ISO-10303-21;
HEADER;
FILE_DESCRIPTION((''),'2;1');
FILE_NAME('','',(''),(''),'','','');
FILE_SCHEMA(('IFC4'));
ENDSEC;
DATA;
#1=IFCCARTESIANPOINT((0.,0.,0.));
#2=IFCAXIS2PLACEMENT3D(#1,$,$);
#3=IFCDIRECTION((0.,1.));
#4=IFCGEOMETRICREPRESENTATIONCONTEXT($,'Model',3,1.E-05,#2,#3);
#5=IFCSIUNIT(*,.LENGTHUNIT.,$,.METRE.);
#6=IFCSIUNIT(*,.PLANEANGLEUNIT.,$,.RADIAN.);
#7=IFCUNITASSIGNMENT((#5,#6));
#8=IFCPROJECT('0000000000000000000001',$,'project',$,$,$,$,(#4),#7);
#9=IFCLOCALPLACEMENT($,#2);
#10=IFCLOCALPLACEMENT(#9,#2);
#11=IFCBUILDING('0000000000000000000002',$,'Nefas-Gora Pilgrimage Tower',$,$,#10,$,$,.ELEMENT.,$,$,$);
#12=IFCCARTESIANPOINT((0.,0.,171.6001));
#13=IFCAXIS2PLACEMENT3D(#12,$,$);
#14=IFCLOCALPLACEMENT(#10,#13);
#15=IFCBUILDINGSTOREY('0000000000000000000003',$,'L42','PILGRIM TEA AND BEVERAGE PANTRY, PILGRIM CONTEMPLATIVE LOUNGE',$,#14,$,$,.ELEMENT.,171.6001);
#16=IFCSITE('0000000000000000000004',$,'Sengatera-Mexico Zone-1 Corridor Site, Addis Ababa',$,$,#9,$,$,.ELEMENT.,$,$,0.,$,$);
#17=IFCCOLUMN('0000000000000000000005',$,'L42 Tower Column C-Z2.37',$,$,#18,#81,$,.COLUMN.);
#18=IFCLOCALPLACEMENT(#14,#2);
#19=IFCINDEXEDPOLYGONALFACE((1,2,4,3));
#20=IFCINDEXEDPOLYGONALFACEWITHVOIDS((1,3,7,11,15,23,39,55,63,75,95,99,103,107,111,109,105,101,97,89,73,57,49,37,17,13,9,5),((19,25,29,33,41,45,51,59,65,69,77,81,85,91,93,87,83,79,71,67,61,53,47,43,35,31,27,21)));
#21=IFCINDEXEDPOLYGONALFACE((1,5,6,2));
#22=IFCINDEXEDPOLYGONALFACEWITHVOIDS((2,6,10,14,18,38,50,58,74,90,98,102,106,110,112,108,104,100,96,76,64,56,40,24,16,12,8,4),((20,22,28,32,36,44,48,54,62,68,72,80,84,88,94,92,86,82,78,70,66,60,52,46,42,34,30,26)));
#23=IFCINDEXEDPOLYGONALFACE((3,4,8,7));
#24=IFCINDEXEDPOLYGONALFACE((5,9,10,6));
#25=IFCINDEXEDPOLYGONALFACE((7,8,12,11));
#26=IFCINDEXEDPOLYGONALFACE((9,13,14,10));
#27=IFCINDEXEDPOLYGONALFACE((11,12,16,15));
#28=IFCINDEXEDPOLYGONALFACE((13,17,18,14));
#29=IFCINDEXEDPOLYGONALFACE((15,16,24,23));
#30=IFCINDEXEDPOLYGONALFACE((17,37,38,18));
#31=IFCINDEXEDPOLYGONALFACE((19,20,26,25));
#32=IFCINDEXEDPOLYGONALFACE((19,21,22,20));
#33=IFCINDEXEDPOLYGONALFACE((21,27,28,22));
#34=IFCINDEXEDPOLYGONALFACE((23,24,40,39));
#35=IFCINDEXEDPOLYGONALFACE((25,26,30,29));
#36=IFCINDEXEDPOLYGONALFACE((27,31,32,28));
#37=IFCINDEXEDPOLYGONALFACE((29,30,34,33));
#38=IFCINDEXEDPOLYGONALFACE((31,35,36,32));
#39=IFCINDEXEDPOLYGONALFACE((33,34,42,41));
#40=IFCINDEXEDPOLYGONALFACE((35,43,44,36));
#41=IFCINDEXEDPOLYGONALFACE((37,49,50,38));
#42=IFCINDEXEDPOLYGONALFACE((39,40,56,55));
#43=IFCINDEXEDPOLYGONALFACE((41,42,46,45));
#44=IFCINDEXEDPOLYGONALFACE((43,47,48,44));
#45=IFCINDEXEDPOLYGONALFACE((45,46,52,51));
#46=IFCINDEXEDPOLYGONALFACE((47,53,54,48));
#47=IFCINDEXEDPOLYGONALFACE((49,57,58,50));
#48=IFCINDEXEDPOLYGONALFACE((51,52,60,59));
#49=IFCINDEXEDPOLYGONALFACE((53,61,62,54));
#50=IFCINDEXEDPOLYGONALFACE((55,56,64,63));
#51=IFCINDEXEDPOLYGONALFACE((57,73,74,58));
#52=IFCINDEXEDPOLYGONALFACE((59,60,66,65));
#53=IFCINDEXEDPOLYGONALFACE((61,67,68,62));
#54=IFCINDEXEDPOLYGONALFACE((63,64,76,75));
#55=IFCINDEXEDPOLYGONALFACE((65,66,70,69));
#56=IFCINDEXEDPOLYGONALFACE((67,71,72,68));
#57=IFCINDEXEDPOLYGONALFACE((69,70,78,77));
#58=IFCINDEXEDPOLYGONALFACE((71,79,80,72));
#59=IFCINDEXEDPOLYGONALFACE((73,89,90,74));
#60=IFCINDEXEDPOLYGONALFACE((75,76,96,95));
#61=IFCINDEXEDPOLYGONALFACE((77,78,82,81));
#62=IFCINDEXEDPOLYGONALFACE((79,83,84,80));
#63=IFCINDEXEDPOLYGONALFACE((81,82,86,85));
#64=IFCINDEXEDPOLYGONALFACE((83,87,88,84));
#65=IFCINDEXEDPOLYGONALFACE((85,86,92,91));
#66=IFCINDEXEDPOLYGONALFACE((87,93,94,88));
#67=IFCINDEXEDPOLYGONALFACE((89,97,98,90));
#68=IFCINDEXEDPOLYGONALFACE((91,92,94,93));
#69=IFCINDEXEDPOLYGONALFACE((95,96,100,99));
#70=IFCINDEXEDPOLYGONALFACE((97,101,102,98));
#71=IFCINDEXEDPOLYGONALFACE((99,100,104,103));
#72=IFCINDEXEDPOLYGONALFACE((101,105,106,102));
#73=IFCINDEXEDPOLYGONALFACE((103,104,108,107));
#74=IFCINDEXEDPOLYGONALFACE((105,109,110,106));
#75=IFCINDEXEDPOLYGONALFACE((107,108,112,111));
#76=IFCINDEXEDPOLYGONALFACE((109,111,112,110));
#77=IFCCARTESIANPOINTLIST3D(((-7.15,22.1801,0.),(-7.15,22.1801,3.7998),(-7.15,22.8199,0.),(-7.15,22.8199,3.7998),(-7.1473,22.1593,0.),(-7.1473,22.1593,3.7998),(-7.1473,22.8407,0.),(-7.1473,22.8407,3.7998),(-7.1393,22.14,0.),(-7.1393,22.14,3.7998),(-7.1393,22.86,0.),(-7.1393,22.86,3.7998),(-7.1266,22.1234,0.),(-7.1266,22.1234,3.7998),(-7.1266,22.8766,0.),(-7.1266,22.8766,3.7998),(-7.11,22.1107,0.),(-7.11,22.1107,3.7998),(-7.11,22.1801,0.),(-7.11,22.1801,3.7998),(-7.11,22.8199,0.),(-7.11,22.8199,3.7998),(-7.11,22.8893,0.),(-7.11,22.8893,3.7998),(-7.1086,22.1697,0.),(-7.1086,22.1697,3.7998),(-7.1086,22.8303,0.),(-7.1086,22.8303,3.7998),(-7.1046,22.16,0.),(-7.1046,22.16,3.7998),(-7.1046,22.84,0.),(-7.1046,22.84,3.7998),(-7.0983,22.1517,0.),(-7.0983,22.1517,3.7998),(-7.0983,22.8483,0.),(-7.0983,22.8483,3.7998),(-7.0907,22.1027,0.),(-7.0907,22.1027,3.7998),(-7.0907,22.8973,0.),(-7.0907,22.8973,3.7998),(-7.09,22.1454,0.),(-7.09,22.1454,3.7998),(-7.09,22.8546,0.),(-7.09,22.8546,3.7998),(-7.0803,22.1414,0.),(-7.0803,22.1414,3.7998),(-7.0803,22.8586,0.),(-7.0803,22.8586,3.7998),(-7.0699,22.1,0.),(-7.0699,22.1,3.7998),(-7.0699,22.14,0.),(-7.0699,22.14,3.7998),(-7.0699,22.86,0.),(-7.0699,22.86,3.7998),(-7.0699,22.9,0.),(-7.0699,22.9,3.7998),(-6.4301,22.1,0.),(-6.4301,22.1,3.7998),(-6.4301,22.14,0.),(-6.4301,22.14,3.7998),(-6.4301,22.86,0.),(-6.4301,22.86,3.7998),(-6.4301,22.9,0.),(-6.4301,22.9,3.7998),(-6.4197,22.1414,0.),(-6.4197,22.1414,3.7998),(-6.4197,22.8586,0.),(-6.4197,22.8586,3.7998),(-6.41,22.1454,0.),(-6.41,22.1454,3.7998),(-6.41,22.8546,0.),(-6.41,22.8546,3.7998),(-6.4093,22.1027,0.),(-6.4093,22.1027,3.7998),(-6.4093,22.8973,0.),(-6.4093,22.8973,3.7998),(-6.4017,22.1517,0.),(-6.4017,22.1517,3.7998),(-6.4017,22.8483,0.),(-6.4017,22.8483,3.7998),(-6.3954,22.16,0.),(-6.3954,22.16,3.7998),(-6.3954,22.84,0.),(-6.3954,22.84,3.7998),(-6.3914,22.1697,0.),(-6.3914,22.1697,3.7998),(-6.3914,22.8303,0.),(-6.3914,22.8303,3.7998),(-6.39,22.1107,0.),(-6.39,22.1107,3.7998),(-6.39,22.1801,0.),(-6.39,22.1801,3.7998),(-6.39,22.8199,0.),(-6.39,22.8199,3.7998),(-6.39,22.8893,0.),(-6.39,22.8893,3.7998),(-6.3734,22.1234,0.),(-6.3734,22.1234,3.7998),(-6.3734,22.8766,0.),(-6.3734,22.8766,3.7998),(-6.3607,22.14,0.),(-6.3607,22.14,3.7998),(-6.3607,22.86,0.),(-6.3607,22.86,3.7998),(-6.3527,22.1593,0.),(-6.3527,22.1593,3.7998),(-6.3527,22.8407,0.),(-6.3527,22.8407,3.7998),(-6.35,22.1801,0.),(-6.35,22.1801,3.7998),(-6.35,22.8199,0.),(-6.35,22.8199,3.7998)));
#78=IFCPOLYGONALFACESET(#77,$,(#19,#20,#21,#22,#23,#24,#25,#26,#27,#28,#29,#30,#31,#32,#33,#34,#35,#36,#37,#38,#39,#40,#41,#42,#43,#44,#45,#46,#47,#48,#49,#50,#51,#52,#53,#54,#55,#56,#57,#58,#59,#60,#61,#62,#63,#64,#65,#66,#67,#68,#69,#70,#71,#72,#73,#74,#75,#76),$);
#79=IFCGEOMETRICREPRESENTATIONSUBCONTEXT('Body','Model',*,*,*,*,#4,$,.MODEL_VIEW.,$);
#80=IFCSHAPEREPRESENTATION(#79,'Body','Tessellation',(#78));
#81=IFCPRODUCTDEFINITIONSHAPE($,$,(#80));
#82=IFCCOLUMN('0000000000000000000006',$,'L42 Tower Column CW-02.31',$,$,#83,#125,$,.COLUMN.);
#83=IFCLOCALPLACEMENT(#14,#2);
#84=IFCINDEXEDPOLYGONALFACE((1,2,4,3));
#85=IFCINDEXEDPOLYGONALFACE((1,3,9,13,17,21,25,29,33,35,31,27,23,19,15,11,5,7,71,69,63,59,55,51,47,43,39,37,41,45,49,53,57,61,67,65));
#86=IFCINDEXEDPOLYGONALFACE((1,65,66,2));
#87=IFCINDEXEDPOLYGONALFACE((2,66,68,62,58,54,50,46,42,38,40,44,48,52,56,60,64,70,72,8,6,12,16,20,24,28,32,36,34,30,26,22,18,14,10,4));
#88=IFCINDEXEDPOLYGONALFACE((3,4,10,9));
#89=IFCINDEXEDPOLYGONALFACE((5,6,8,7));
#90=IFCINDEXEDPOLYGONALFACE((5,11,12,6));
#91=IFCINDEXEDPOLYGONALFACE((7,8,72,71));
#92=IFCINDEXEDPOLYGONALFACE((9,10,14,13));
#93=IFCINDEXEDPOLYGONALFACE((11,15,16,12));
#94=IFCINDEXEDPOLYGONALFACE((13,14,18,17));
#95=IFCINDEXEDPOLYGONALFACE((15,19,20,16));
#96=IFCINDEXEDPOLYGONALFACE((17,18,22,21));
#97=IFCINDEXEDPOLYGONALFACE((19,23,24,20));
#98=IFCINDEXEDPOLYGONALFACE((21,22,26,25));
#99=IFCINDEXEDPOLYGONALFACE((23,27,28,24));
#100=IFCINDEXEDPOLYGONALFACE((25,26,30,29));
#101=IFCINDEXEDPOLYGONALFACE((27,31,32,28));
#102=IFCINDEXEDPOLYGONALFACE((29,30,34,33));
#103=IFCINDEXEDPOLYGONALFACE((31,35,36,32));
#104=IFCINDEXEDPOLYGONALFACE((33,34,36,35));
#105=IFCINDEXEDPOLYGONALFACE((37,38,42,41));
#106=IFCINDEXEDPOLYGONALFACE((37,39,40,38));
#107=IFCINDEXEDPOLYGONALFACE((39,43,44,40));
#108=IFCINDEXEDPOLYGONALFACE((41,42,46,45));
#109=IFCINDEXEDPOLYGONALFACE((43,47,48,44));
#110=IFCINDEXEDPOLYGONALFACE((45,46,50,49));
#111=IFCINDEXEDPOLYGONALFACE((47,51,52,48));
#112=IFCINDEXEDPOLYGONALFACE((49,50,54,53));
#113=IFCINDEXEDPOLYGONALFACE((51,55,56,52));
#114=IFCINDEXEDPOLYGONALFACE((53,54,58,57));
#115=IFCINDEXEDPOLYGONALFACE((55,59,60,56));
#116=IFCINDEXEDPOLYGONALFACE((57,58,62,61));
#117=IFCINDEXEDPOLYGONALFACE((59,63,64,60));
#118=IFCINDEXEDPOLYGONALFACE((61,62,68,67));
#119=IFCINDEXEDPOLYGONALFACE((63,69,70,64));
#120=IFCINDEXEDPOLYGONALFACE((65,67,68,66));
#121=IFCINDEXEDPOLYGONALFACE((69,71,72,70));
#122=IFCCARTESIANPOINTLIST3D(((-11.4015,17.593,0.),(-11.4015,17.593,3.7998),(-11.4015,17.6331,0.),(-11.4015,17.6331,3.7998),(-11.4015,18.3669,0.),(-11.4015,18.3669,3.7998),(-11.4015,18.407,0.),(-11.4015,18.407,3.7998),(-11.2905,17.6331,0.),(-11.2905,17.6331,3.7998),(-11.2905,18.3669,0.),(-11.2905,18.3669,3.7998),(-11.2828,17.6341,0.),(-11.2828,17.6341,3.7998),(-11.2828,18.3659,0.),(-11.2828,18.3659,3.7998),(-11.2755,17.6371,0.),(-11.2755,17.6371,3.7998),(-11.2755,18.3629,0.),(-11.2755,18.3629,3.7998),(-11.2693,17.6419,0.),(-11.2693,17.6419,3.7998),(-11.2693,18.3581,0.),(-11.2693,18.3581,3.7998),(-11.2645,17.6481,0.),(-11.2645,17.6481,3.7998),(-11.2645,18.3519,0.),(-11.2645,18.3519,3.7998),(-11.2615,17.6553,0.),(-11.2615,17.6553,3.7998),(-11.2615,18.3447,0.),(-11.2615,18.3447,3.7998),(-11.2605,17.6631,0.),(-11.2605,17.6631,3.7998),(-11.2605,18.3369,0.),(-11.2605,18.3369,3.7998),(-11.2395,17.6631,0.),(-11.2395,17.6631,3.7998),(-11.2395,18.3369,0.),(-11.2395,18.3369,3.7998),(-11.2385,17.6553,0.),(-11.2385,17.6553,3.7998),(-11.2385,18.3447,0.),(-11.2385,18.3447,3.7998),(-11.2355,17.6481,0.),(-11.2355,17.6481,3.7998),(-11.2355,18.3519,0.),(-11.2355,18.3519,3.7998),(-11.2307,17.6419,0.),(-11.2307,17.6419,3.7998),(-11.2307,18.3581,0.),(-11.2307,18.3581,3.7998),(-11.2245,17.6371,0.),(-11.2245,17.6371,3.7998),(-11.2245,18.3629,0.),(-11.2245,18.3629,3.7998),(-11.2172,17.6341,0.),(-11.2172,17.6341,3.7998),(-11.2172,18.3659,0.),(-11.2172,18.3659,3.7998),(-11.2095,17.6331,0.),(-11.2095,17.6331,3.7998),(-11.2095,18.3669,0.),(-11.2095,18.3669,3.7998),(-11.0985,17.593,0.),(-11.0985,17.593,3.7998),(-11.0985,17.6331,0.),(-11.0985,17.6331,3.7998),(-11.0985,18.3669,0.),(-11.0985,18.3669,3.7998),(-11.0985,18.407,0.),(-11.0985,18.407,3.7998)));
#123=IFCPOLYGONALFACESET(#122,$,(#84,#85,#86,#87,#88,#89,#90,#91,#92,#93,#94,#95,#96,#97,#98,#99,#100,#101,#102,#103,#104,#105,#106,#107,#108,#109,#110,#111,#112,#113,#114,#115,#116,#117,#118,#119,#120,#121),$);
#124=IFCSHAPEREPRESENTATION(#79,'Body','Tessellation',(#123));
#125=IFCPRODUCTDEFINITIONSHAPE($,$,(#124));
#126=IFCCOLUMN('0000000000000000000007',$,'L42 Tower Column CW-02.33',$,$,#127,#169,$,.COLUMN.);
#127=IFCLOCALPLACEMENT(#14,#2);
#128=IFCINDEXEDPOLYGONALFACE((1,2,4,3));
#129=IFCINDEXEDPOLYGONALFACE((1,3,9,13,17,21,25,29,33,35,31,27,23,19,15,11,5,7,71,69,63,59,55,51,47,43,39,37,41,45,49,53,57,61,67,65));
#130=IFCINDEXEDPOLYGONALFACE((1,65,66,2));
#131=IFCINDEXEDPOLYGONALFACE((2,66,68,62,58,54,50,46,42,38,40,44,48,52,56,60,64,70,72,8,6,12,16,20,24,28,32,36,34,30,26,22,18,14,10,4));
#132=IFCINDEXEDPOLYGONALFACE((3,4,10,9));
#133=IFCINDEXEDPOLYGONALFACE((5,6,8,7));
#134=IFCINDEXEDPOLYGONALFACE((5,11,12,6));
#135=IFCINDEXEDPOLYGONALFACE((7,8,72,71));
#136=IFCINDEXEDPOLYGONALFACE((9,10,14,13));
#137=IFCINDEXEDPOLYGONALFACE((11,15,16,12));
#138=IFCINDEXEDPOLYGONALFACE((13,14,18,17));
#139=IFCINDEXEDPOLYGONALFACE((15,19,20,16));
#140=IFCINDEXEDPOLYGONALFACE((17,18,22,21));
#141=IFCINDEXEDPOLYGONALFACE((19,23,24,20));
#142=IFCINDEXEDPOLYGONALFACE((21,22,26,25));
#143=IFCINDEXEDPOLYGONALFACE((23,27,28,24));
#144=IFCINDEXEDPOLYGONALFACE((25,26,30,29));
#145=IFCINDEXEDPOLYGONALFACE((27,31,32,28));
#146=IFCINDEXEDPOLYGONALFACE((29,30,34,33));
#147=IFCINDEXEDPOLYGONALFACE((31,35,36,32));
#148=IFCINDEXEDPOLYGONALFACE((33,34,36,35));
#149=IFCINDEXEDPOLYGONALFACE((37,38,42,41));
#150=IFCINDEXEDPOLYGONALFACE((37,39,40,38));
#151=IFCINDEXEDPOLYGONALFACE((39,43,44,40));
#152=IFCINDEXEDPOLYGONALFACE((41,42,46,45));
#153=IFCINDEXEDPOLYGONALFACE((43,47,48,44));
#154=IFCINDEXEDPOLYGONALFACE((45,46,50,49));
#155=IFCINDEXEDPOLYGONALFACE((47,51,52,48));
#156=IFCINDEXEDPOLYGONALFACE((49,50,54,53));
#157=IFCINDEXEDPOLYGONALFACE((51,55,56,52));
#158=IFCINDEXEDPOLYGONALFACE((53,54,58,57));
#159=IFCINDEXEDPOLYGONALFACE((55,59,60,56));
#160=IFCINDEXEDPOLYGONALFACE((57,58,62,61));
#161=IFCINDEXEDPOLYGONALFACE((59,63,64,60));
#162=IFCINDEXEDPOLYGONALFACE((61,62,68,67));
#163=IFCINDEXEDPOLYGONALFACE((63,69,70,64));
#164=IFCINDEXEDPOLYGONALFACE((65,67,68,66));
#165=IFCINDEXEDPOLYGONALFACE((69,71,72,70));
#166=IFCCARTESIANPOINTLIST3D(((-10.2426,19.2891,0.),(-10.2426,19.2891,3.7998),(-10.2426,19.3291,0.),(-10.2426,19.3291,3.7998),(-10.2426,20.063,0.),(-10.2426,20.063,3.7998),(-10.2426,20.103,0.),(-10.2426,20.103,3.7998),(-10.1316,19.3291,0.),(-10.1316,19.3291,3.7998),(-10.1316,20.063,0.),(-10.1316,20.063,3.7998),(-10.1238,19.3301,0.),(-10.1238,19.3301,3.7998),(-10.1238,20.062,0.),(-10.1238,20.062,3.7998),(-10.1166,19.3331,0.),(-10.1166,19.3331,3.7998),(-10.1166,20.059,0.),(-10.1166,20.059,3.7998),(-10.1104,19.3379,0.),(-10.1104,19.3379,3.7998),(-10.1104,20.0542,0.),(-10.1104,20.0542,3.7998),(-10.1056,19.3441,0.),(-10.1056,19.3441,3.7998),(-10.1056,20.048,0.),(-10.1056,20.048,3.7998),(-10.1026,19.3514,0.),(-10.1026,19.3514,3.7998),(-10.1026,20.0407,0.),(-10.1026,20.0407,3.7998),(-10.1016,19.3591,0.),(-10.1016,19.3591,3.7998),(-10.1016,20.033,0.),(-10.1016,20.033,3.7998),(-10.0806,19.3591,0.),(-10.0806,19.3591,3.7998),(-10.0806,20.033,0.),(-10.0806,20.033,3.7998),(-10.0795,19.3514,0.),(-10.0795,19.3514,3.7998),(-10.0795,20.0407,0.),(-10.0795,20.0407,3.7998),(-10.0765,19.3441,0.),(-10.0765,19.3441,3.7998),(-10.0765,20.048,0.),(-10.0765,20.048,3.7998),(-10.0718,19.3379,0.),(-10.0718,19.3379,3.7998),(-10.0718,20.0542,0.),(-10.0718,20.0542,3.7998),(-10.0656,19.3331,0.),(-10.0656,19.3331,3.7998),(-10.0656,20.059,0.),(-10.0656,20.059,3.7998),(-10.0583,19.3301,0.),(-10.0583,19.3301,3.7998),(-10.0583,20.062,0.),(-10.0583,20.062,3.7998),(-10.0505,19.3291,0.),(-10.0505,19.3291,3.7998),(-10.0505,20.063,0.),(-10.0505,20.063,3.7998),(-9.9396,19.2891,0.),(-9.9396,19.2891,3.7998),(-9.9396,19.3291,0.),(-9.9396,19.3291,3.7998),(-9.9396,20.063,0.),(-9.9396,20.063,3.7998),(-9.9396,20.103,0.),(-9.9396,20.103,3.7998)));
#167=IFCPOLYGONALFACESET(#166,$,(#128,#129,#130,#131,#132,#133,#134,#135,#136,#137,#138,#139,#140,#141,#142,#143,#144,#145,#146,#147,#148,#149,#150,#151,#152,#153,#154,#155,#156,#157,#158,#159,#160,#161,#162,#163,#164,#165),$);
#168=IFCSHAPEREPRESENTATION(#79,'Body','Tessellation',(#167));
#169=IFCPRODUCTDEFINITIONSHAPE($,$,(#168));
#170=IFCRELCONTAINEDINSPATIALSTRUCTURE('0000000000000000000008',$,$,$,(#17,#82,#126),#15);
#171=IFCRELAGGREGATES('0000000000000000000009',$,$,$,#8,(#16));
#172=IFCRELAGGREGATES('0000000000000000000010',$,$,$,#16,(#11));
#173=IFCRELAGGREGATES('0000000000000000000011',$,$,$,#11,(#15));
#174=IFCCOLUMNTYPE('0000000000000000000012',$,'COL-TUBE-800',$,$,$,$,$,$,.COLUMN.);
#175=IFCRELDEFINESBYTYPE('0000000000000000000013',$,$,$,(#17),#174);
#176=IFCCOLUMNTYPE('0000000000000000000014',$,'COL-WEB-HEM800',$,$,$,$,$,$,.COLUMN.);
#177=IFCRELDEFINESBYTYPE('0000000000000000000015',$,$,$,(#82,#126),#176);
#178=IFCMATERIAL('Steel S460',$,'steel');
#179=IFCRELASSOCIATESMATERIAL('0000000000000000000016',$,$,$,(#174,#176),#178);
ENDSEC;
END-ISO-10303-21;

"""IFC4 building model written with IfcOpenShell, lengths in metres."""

from ifc_helpers import new_model, si_unit, direction, frame, origin, origin_2d, place, context, subcontext, project, spatial, hollow_rectangle, i_section, extrude, source, transform, mapped, material, material_profile, profile_set, type_object, element, save


model = new_model("IFC4")

# Units and contexts
model_context = context("Model", 3, precision=1e-05, world=origin(), true_north=direction((0.0, 1.0)))
body_context = subcontext(model_context, "Body", "Model", "MODEL_VIEW")
ifc_project = project(units=[si_unit("LENGTHUNIT", "METRE"), si_unit("PLANEANGLEUNIT", "RADIAN")], contexts=[model_context])

# Site, building, storey
site_placement = place(None, origin())
site = spatial("IfcSite", under=ifc_project, at=site_placement, Name="Sengatera-Mexico Zone-1 Corridor Site, Addis Ababa", CompositionType="ELEMENT", RefElevation=0.0)
building_placement = place(site_placement, origin())
building = spatial("IfcBuilding", under=site, at=building_placement, Name="Nefas-Gora Pilgrimage Tower", CompositionType="ELEMENT")
storey_placement = place(building_placement, frame((0.0, 0.0, 171.6001)))
storey = spatial("IfcBuildingStorey", under=building, at=storey_placement, Name="L42", Description="PILGRIM TEA AND BEVERAGE PANTRY, PILGRIM CONTEMPLATIVE LOUNGE", CompositionType="ELEMENT", Elevation=171.6001)

# Columns
ifc_material_1 = material(Name="Steel S460", Category="steel")
ifc_material_profile_1 = material_profile(ifc_material_1, hollow_rectangle(XDim=0.8, YDim=0.8, WallThickness=0.04, InnerFilletRadius=0.04, OuterFilletRadius=0.0801, at=origin_2d()), Name="BOX 800x800x40")
ifc_profile_set_1 = profile_set([ifc_material_profile_1], Name="Steel S460")
column_type_1 = type_object("IfcColumnType", Name="COL-TUBE-800", PredefinedType="COLUMN", material=ifc_profile_set_1)
shared_shape_1 = source(origin(), body_context, "Body", "SweptSolid", [
    extrude(hollow_rectangle(XDim=0.8, YDim=0.8, WallThickness=0.04, InnerFilletRadius=0.04, OuterFilletRadius=0.0801, at=origin_2d()), origin(), (0.0, 0.0, 1.0), 3.7998),
])
column_placement = place(storey_placement, frame((-6.75, 22.5, 0.0), z_axis=(0.0, 0.0, 1.0), x_axis=(1.0, 0.0, 0.0)))
element("IfcColumn", 1, at=column_placement, inside=storey, type_object=column_type_1, Name="L42 Tower Column C-Z2.37", PredefinedType="COLUMN", context=body_context, shape_type="MappedRepresentation", body=[
    mapped(shared_shape_1, transform((0.0, 0.0, 0.0), x_axis=(1.0, 0.0, 0.0), y_axis=(0.0, 1.0, 0.0), z_axis=(0.0, 0.0, 1.0), scale=1.0)),
])
ifc_material_profile_2 = material_profile(ifc_material_1, i_section(OverallWidth=0.303, OverallDepth=0.814, WebThickness=0.021, FlangeThickness=0.04, FilletRadius=0.03, at=origin_2d()), Name="HEM 800")
ifc_profile_set_2 = profile_set([ifc_material_profile_2], Name="Steel S460")
column_type_2 = type_object("IfcColumnType", Name="COL-WEB-HEM800", PredefinedType="COLUMN", material=ifc_profile_set_2)
shared_shape_2 = source(origin(), body_context, "Body", "SweptSolid", [
    extrude(i_section(OverallWidth=0.303, OverallDepth=0.814, WebThickness=0.021, FlangeThickness=0.04, FilletRadius=0.03, at=origin_2d()), origin(), (0.0, 0.0, 1.0), 3.7998),
])
for number, where, z_axis, x_axis, name in (
    (2, (-11.25, 18.0, 0.0), (0.0, 0.0, 1.0), (1.0, 0.0, 0.0), "L42 Tower Column CW-02.31"),
    (3, (-10.0911, 19.696, 0.0), (0.0, 0.0, 1.0), (1.0, 0.0, 0.0), "L42 Tower Column CW-02.33"),
):
    element("IfcColumn", number, at=place(storey_placement, frame(where, z_axis=z_axis, x_axis=x_axis)), inside=storey, type_object=column_type_2, Name=name, PredefinedType="COLUMN", context=body_context, shape_type="MappedRepresentation", body=[
        mapped(shared_shape_2, transform((0.0, 0.0, 0.0), x_axis=(1.0, 0.0, 0.0), y_axis=(0.0, 1.0, 0.0), z_axis=(0.0, 0.0, 1.0), scale=1.0)),
    ])

save(model, "model.ifc")
